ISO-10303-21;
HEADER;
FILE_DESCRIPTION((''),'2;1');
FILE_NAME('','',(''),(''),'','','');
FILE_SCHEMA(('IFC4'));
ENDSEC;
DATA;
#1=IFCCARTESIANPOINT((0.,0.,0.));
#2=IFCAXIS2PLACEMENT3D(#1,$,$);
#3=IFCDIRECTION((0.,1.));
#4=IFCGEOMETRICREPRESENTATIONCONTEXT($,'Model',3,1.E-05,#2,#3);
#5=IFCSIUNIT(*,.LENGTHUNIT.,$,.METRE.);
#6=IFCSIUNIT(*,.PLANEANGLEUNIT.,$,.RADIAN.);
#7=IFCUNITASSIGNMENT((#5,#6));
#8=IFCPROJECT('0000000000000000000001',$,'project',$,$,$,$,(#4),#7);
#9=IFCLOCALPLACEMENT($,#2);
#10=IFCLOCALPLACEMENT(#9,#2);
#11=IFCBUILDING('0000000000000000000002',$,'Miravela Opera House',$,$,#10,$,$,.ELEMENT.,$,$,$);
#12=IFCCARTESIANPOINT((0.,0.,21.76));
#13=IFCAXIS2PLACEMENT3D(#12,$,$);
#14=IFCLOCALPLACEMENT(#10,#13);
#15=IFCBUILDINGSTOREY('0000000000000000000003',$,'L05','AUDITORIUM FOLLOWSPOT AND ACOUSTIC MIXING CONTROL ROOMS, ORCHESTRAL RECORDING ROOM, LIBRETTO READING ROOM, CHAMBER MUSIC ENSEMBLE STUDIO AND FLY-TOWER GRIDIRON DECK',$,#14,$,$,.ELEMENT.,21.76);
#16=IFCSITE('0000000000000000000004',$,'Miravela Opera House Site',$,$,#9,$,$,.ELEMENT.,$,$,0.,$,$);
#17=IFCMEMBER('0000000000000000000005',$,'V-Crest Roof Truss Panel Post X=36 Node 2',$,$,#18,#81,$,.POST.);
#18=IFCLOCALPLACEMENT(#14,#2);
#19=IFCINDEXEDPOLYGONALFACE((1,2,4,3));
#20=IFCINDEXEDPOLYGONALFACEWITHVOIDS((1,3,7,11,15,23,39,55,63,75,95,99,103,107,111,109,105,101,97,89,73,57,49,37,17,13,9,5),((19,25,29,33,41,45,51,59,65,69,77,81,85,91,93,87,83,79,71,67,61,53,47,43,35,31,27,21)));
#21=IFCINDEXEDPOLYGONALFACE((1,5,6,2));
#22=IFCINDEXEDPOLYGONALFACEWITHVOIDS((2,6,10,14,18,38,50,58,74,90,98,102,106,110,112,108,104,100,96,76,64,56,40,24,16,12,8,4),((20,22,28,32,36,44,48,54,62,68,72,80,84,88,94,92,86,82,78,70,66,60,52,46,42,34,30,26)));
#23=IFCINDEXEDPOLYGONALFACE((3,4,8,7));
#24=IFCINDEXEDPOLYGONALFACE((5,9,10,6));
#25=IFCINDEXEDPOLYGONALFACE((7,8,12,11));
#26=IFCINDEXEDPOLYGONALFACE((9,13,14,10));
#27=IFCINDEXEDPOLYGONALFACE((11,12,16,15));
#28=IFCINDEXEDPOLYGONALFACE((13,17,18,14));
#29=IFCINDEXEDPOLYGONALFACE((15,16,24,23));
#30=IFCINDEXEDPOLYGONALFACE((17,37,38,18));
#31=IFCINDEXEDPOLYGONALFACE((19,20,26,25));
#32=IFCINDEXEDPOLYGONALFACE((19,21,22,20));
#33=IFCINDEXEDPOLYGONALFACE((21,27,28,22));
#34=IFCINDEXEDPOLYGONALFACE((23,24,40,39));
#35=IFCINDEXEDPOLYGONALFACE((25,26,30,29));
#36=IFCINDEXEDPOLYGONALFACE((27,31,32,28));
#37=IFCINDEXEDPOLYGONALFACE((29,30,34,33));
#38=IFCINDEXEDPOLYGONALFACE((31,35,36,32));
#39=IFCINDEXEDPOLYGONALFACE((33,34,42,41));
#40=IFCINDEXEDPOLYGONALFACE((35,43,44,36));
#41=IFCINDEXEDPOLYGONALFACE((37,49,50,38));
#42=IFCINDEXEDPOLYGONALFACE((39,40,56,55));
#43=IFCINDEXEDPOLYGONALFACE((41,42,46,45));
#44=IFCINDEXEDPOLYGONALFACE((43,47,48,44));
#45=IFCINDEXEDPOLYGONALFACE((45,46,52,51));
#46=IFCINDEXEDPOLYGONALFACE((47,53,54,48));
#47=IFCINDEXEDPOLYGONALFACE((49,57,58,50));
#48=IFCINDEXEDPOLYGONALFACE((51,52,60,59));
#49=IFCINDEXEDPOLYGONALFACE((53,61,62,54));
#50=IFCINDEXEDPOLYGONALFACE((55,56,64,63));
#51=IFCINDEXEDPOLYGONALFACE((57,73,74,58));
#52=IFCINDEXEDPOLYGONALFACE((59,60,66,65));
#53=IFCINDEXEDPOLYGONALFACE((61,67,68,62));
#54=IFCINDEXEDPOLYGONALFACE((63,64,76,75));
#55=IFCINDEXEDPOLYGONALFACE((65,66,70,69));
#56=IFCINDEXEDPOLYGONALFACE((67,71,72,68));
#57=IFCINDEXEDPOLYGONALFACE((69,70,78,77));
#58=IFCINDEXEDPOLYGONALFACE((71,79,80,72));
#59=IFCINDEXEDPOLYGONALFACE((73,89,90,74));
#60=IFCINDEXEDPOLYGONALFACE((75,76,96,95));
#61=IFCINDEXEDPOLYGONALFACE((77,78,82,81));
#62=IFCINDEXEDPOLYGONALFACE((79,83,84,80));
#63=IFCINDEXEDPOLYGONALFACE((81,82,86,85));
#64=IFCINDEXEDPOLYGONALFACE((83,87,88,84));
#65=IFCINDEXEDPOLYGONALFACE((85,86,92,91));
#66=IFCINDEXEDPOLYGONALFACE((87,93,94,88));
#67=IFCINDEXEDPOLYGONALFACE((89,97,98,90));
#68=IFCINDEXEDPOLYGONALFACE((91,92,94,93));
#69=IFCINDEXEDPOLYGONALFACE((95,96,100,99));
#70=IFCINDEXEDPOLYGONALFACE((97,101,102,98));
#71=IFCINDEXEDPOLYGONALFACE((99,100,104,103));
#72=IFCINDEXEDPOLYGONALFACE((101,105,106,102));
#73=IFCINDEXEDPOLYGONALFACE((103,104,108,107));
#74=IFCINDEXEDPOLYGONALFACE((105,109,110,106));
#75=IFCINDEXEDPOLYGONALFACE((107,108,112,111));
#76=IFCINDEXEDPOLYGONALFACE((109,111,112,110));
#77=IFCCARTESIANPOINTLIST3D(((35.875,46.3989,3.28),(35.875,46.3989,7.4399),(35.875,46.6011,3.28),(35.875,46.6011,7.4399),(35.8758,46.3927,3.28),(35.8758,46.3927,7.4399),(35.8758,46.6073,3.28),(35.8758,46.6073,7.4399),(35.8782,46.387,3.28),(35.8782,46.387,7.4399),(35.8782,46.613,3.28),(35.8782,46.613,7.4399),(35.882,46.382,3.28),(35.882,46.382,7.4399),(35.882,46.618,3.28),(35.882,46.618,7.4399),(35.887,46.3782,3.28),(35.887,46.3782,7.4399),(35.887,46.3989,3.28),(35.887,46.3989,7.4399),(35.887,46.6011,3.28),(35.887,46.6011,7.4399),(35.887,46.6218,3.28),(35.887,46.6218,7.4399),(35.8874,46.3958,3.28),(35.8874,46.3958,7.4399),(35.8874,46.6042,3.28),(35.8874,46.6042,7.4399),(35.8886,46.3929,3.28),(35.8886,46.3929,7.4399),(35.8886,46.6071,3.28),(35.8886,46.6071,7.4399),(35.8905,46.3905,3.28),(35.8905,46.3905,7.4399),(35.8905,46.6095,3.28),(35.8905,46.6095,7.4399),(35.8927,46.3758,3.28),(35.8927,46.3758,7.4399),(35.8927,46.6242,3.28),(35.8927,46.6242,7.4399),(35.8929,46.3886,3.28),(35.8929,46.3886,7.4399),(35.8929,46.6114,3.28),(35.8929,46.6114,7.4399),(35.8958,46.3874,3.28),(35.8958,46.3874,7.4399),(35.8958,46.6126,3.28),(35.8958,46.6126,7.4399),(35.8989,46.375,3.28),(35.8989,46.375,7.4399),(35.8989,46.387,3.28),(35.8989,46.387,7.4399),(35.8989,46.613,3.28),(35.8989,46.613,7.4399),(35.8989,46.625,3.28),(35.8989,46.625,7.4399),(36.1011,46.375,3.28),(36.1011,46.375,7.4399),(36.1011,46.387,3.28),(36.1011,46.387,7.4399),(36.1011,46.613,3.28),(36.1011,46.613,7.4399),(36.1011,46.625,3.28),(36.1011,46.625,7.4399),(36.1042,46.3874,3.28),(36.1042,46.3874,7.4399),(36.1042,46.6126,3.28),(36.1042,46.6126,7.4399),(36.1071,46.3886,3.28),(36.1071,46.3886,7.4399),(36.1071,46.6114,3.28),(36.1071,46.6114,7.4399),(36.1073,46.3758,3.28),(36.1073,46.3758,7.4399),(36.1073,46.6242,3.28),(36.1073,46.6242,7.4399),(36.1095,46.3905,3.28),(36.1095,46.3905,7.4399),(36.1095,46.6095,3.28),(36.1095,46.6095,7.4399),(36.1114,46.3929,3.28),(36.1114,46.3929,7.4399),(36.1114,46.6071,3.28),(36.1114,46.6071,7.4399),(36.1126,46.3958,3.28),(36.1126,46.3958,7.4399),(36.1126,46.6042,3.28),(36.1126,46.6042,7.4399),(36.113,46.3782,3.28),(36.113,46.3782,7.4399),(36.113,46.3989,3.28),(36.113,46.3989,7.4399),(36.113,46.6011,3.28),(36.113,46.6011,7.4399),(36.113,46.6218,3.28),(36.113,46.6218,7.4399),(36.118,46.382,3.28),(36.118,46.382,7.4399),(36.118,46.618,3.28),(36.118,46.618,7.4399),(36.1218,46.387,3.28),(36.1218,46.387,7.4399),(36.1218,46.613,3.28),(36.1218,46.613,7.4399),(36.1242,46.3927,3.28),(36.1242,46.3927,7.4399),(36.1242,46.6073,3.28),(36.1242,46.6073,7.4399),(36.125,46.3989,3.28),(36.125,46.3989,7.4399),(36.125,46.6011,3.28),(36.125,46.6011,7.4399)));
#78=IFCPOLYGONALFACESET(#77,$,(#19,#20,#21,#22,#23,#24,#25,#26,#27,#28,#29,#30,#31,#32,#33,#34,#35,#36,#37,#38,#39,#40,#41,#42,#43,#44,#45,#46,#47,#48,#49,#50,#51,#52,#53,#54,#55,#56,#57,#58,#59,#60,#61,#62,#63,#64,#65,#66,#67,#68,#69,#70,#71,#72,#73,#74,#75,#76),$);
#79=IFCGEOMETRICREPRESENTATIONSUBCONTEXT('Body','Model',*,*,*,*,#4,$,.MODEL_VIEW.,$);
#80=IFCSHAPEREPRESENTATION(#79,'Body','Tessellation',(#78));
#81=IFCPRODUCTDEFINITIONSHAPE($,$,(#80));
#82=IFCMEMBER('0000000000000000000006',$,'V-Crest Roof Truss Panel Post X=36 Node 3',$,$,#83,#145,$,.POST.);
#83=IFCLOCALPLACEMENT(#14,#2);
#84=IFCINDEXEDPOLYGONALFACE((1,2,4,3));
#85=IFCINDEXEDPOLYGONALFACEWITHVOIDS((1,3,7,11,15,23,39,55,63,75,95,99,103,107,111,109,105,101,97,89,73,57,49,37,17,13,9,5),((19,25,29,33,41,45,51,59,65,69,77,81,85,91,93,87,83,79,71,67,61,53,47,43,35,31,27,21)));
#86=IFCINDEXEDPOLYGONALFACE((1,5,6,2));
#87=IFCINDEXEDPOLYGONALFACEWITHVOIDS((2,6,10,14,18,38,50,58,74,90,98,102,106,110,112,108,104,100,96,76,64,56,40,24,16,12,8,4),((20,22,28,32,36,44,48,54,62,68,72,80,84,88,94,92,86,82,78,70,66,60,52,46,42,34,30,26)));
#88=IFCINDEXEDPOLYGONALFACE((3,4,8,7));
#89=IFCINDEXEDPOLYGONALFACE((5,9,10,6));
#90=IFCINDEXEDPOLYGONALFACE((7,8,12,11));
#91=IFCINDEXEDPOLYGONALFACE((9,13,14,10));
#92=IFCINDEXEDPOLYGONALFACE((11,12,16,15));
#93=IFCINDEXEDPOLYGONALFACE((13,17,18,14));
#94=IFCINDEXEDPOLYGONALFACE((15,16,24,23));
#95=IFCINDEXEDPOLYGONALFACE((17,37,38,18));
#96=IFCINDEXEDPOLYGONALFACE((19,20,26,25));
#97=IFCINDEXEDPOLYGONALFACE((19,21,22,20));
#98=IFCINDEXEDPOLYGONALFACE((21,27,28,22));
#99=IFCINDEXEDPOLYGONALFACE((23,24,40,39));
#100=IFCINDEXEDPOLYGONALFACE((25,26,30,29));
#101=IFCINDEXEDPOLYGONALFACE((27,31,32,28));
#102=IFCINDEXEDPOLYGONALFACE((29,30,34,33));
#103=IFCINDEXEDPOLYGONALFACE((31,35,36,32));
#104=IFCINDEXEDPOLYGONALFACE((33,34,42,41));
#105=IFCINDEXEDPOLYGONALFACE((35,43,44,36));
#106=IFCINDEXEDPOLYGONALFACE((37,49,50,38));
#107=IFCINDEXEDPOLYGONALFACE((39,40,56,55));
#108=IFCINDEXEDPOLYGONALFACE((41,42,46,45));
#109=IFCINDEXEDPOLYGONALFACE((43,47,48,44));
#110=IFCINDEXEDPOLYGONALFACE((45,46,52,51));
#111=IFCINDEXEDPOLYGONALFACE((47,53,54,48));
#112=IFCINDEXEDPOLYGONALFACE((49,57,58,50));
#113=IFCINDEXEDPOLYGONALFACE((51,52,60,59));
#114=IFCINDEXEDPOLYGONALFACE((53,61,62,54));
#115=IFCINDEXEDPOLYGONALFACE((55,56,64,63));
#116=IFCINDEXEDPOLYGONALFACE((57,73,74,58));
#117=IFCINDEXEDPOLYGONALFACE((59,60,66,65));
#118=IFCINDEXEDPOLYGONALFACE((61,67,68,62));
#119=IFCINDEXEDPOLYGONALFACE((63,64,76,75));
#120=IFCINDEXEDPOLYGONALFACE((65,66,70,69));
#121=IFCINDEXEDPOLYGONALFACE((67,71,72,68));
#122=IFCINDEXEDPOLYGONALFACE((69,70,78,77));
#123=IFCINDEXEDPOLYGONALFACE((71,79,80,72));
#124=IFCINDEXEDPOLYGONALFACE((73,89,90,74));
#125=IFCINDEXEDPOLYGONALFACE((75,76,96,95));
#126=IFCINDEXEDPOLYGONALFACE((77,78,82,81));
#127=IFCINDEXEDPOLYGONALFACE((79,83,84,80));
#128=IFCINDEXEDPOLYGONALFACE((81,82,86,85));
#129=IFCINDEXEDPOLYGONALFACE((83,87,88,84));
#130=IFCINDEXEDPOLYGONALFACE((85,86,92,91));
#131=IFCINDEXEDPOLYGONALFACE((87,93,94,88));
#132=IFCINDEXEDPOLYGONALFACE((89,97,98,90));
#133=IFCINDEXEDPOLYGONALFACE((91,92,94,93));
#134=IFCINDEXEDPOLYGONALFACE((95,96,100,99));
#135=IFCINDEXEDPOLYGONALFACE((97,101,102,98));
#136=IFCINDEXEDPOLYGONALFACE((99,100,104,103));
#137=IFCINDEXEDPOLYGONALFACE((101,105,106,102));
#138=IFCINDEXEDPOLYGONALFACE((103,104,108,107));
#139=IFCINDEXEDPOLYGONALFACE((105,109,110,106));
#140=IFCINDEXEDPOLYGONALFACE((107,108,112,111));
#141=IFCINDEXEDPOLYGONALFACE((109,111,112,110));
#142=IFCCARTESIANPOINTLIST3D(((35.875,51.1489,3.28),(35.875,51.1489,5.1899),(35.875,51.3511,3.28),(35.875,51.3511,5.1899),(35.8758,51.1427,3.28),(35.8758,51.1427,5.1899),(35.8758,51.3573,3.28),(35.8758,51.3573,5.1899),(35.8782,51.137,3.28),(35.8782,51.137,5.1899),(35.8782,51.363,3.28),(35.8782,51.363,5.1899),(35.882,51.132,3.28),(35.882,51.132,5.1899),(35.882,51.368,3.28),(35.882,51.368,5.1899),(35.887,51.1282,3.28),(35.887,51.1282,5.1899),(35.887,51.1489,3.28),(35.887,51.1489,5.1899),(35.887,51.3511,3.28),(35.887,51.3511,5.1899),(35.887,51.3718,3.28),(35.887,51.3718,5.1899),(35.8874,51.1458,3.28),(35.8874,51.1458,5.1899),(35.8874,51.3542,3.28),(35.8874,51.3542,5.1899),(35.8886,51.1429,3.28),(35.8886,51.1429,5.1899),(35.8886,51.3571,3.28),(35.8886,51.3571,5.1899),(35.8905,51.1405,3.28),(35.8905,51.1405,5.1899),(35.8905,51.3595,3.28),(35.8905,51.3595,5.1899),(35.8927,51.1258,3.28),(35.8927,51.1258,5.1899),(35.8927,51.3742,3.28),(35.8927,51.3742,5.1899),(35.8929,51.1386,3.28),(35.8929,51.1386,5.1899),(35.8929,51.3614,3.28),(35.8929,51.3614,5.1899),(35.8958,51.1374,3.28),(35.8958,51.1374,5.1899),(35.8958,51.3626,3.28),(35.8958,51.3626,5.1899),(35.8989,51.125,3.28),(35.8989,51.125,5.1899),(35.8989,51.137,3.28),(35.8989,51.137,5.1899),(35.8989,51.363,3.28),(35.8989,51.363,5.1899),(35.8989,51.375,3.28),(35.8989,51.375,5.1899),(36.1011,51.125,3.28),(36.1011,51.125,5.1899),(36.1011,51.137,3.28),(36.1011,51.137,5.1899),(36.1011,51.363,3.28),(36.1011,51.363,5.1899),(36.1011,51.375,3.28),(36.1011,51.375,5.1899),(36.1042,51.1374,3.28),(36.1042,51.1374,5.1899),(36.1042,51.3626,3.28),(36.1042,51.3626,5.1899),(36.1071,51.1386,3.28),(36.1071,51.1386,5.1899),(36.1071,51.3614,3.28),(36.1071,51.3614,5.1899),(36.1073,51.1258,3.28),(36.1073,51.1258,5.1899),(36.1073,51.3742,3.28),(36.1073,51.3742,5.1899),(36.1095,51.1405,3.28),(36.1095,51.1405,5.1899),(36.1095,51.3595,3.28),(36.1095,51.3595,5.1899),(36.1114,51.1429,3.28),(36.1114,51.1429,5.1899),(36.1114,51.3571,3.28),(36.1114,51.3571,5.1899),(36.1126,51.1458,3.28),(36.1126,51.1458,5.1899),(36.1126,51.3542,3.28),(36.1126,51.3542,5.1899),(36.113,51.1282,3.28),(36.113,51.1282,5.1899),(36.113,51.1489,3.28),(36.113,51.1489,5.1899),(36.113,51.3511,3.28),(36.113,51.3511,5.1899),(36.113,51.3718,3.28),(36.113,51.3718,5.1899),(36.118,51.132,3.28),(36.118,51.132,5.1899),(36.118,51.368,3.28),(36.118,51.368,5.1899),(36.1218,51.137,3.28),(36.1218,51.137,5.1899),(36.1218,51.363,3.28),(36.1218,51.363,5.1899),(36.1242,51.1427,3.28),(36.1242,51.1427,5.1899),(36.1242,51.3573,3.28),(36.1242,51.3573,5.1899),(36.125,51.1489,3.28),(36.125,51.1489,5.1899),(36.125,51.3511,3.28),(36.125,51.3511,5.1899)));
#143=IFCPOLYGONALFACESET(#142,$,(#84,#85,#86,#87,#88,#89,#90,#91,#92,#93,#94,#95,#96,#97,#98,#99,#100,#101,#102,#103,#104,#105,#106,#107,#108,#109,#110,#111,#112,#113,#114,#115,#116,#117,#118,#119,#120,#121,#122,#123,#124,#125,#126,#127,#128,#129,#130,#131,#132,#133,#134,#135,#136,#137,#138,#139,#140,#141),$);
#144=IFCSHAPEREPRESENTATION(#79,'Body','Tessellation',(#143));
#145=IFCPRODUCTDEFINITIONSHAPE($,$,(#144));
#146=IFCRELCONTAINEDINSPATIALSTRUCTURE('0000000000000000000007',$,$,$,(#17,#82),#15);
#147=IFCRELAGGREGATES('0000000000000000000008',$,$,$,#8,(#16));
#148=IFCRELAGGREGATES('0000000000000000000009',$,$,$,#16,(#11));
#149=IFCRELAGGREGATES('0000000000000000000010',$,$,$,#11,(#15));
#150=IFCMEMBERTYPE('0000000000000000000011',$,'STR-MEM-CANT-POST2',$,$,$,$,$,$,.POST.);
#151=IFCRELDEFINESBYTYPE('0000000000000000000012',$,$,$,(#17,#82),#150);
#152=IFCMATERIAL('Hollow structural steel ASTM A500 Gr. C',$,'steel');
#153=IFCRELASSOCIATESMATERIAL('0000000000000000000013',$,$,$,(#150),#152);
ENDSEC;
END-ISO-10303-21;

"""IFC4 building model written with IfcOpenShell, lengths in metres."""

from ifc_helpers import new_model, si_unit, direction, frame, origin, origin_2d, place, context, subcontext, project, spatial, hollow_rectangle, extrude, material, material_profile, profile_set, type_object, element, save


model = new_model("IFC4")

# Units and contexts
model_context = context("Model", 3, precision=1e-05, world=origin(), true_north=direction((0.0, 1.0)))
body_context = subcontext(model_context, "Body", "Model", "MODEL_VIEW")
ifc_project = project(units=[si_unit("LENGTHUNIT", "METRE"), si_unit("PLANEANGLEUNIT", "RADIAN")], contexts=[model_context])

# Site, building, storey
site_placement = place(None, origin())
site = spatial("IfcSite", under=ifc_project, at=site_placement, Name="Miravela Opera House Site", CompositionType="ELEMENT", RefElevation=0.0)
building_placement = place(site_placement, origin())
building = spatial("IfcBuilding", under=site, at=building_placement, Name="Miravela Opera House", CompositionType="ELEMENT")
storey_placement = place(building_placement, frame((0.0, 0.0, 21.76)))
storey = spatial("IfcBuildingStorey", under=building, at=storey_placement, Name="L05", Description="AUDITORIUM FOLLOWSPOT AND ACOUSTIC MIXING CONTROL ROOMS, ORCHESTRAL RECORDING ROOM, LIBRETTO READING ROOM, CHAMBER MUSIC ENSEMBLE STUDIO AND FLY-TOWER GRIDIRON DECK", CompositionType="ELEMENT", Elevation=21.76)

# Members
ifc_material_1 = material(Name="Hollow structural steel ASTM A500 Gr. C", Category="steel")
ifc_material_profile_1 = material_profile(ifc_material_1, hollow_rectangle(XDim=0.25, YDim=0.25, WallThickness=0.012, InnerFilletRadius=0.012, OuterFilletRadius=0.0239, at=origin_2d()), Name="HSS250X250X12")
ifc_profile_set_1 = profile_set([ifc_material_profile_1])
member_type_1 = type_object("IfcMemberType", Name="STR-MEM-CANT-POST2", PredefinedType="POST", material=ifc_profile_set_1)
member_1_placement = place(storey_placement, frame((36.0, 46.5, 3.28), z_axis=(0.0, 0.0, 1.0), x_axis=(1.0, 0.0, 0.0)))
element("IfcMember", 1, at=member_1_placement, inside=storey, type_object=member_type_1, Name="V-Crest Roof Truss Panel Post X=36 Node 2", PredefinedType="POST", context=body_context, shape_type="SweptSolid", body=[
    extrude(hollow_rectangle(XDim=0.25, YDim=0.25, WallThickness=0.012, InnerFilletRadius=0.012, OuterFilletRadius=0.0239, at=origin_2d()), origin(), (0.0, 0.0, 1.0), 4.1599),
])
member_2_placement = place(storey_placement, frame((36.0, 51.25, 3.28), z_axis=(0.0, 0.0, 1.0), x_axis=(1.0, 0.0, 0.0)))
element("IfcMember", 2, at=member_2_placement, inside=storey, type_object=member_type_1, Name="V-Crest Roof Truss Panel Post X=36 Node 3", PredefinedType="POST", context=body_context, shape_type="SweptSolid", body=[
    extrude(hollow_rectangle(XDim=0.25, YDim=0.25, WallThickness=0.012, InnerFilletRadius=0.012, OuterFilletRadius=0.0239, at=origin_2d()), origin(), (0.0, 0.0, 1.0), 1.9099),
])

save(model, "model.ifc")
